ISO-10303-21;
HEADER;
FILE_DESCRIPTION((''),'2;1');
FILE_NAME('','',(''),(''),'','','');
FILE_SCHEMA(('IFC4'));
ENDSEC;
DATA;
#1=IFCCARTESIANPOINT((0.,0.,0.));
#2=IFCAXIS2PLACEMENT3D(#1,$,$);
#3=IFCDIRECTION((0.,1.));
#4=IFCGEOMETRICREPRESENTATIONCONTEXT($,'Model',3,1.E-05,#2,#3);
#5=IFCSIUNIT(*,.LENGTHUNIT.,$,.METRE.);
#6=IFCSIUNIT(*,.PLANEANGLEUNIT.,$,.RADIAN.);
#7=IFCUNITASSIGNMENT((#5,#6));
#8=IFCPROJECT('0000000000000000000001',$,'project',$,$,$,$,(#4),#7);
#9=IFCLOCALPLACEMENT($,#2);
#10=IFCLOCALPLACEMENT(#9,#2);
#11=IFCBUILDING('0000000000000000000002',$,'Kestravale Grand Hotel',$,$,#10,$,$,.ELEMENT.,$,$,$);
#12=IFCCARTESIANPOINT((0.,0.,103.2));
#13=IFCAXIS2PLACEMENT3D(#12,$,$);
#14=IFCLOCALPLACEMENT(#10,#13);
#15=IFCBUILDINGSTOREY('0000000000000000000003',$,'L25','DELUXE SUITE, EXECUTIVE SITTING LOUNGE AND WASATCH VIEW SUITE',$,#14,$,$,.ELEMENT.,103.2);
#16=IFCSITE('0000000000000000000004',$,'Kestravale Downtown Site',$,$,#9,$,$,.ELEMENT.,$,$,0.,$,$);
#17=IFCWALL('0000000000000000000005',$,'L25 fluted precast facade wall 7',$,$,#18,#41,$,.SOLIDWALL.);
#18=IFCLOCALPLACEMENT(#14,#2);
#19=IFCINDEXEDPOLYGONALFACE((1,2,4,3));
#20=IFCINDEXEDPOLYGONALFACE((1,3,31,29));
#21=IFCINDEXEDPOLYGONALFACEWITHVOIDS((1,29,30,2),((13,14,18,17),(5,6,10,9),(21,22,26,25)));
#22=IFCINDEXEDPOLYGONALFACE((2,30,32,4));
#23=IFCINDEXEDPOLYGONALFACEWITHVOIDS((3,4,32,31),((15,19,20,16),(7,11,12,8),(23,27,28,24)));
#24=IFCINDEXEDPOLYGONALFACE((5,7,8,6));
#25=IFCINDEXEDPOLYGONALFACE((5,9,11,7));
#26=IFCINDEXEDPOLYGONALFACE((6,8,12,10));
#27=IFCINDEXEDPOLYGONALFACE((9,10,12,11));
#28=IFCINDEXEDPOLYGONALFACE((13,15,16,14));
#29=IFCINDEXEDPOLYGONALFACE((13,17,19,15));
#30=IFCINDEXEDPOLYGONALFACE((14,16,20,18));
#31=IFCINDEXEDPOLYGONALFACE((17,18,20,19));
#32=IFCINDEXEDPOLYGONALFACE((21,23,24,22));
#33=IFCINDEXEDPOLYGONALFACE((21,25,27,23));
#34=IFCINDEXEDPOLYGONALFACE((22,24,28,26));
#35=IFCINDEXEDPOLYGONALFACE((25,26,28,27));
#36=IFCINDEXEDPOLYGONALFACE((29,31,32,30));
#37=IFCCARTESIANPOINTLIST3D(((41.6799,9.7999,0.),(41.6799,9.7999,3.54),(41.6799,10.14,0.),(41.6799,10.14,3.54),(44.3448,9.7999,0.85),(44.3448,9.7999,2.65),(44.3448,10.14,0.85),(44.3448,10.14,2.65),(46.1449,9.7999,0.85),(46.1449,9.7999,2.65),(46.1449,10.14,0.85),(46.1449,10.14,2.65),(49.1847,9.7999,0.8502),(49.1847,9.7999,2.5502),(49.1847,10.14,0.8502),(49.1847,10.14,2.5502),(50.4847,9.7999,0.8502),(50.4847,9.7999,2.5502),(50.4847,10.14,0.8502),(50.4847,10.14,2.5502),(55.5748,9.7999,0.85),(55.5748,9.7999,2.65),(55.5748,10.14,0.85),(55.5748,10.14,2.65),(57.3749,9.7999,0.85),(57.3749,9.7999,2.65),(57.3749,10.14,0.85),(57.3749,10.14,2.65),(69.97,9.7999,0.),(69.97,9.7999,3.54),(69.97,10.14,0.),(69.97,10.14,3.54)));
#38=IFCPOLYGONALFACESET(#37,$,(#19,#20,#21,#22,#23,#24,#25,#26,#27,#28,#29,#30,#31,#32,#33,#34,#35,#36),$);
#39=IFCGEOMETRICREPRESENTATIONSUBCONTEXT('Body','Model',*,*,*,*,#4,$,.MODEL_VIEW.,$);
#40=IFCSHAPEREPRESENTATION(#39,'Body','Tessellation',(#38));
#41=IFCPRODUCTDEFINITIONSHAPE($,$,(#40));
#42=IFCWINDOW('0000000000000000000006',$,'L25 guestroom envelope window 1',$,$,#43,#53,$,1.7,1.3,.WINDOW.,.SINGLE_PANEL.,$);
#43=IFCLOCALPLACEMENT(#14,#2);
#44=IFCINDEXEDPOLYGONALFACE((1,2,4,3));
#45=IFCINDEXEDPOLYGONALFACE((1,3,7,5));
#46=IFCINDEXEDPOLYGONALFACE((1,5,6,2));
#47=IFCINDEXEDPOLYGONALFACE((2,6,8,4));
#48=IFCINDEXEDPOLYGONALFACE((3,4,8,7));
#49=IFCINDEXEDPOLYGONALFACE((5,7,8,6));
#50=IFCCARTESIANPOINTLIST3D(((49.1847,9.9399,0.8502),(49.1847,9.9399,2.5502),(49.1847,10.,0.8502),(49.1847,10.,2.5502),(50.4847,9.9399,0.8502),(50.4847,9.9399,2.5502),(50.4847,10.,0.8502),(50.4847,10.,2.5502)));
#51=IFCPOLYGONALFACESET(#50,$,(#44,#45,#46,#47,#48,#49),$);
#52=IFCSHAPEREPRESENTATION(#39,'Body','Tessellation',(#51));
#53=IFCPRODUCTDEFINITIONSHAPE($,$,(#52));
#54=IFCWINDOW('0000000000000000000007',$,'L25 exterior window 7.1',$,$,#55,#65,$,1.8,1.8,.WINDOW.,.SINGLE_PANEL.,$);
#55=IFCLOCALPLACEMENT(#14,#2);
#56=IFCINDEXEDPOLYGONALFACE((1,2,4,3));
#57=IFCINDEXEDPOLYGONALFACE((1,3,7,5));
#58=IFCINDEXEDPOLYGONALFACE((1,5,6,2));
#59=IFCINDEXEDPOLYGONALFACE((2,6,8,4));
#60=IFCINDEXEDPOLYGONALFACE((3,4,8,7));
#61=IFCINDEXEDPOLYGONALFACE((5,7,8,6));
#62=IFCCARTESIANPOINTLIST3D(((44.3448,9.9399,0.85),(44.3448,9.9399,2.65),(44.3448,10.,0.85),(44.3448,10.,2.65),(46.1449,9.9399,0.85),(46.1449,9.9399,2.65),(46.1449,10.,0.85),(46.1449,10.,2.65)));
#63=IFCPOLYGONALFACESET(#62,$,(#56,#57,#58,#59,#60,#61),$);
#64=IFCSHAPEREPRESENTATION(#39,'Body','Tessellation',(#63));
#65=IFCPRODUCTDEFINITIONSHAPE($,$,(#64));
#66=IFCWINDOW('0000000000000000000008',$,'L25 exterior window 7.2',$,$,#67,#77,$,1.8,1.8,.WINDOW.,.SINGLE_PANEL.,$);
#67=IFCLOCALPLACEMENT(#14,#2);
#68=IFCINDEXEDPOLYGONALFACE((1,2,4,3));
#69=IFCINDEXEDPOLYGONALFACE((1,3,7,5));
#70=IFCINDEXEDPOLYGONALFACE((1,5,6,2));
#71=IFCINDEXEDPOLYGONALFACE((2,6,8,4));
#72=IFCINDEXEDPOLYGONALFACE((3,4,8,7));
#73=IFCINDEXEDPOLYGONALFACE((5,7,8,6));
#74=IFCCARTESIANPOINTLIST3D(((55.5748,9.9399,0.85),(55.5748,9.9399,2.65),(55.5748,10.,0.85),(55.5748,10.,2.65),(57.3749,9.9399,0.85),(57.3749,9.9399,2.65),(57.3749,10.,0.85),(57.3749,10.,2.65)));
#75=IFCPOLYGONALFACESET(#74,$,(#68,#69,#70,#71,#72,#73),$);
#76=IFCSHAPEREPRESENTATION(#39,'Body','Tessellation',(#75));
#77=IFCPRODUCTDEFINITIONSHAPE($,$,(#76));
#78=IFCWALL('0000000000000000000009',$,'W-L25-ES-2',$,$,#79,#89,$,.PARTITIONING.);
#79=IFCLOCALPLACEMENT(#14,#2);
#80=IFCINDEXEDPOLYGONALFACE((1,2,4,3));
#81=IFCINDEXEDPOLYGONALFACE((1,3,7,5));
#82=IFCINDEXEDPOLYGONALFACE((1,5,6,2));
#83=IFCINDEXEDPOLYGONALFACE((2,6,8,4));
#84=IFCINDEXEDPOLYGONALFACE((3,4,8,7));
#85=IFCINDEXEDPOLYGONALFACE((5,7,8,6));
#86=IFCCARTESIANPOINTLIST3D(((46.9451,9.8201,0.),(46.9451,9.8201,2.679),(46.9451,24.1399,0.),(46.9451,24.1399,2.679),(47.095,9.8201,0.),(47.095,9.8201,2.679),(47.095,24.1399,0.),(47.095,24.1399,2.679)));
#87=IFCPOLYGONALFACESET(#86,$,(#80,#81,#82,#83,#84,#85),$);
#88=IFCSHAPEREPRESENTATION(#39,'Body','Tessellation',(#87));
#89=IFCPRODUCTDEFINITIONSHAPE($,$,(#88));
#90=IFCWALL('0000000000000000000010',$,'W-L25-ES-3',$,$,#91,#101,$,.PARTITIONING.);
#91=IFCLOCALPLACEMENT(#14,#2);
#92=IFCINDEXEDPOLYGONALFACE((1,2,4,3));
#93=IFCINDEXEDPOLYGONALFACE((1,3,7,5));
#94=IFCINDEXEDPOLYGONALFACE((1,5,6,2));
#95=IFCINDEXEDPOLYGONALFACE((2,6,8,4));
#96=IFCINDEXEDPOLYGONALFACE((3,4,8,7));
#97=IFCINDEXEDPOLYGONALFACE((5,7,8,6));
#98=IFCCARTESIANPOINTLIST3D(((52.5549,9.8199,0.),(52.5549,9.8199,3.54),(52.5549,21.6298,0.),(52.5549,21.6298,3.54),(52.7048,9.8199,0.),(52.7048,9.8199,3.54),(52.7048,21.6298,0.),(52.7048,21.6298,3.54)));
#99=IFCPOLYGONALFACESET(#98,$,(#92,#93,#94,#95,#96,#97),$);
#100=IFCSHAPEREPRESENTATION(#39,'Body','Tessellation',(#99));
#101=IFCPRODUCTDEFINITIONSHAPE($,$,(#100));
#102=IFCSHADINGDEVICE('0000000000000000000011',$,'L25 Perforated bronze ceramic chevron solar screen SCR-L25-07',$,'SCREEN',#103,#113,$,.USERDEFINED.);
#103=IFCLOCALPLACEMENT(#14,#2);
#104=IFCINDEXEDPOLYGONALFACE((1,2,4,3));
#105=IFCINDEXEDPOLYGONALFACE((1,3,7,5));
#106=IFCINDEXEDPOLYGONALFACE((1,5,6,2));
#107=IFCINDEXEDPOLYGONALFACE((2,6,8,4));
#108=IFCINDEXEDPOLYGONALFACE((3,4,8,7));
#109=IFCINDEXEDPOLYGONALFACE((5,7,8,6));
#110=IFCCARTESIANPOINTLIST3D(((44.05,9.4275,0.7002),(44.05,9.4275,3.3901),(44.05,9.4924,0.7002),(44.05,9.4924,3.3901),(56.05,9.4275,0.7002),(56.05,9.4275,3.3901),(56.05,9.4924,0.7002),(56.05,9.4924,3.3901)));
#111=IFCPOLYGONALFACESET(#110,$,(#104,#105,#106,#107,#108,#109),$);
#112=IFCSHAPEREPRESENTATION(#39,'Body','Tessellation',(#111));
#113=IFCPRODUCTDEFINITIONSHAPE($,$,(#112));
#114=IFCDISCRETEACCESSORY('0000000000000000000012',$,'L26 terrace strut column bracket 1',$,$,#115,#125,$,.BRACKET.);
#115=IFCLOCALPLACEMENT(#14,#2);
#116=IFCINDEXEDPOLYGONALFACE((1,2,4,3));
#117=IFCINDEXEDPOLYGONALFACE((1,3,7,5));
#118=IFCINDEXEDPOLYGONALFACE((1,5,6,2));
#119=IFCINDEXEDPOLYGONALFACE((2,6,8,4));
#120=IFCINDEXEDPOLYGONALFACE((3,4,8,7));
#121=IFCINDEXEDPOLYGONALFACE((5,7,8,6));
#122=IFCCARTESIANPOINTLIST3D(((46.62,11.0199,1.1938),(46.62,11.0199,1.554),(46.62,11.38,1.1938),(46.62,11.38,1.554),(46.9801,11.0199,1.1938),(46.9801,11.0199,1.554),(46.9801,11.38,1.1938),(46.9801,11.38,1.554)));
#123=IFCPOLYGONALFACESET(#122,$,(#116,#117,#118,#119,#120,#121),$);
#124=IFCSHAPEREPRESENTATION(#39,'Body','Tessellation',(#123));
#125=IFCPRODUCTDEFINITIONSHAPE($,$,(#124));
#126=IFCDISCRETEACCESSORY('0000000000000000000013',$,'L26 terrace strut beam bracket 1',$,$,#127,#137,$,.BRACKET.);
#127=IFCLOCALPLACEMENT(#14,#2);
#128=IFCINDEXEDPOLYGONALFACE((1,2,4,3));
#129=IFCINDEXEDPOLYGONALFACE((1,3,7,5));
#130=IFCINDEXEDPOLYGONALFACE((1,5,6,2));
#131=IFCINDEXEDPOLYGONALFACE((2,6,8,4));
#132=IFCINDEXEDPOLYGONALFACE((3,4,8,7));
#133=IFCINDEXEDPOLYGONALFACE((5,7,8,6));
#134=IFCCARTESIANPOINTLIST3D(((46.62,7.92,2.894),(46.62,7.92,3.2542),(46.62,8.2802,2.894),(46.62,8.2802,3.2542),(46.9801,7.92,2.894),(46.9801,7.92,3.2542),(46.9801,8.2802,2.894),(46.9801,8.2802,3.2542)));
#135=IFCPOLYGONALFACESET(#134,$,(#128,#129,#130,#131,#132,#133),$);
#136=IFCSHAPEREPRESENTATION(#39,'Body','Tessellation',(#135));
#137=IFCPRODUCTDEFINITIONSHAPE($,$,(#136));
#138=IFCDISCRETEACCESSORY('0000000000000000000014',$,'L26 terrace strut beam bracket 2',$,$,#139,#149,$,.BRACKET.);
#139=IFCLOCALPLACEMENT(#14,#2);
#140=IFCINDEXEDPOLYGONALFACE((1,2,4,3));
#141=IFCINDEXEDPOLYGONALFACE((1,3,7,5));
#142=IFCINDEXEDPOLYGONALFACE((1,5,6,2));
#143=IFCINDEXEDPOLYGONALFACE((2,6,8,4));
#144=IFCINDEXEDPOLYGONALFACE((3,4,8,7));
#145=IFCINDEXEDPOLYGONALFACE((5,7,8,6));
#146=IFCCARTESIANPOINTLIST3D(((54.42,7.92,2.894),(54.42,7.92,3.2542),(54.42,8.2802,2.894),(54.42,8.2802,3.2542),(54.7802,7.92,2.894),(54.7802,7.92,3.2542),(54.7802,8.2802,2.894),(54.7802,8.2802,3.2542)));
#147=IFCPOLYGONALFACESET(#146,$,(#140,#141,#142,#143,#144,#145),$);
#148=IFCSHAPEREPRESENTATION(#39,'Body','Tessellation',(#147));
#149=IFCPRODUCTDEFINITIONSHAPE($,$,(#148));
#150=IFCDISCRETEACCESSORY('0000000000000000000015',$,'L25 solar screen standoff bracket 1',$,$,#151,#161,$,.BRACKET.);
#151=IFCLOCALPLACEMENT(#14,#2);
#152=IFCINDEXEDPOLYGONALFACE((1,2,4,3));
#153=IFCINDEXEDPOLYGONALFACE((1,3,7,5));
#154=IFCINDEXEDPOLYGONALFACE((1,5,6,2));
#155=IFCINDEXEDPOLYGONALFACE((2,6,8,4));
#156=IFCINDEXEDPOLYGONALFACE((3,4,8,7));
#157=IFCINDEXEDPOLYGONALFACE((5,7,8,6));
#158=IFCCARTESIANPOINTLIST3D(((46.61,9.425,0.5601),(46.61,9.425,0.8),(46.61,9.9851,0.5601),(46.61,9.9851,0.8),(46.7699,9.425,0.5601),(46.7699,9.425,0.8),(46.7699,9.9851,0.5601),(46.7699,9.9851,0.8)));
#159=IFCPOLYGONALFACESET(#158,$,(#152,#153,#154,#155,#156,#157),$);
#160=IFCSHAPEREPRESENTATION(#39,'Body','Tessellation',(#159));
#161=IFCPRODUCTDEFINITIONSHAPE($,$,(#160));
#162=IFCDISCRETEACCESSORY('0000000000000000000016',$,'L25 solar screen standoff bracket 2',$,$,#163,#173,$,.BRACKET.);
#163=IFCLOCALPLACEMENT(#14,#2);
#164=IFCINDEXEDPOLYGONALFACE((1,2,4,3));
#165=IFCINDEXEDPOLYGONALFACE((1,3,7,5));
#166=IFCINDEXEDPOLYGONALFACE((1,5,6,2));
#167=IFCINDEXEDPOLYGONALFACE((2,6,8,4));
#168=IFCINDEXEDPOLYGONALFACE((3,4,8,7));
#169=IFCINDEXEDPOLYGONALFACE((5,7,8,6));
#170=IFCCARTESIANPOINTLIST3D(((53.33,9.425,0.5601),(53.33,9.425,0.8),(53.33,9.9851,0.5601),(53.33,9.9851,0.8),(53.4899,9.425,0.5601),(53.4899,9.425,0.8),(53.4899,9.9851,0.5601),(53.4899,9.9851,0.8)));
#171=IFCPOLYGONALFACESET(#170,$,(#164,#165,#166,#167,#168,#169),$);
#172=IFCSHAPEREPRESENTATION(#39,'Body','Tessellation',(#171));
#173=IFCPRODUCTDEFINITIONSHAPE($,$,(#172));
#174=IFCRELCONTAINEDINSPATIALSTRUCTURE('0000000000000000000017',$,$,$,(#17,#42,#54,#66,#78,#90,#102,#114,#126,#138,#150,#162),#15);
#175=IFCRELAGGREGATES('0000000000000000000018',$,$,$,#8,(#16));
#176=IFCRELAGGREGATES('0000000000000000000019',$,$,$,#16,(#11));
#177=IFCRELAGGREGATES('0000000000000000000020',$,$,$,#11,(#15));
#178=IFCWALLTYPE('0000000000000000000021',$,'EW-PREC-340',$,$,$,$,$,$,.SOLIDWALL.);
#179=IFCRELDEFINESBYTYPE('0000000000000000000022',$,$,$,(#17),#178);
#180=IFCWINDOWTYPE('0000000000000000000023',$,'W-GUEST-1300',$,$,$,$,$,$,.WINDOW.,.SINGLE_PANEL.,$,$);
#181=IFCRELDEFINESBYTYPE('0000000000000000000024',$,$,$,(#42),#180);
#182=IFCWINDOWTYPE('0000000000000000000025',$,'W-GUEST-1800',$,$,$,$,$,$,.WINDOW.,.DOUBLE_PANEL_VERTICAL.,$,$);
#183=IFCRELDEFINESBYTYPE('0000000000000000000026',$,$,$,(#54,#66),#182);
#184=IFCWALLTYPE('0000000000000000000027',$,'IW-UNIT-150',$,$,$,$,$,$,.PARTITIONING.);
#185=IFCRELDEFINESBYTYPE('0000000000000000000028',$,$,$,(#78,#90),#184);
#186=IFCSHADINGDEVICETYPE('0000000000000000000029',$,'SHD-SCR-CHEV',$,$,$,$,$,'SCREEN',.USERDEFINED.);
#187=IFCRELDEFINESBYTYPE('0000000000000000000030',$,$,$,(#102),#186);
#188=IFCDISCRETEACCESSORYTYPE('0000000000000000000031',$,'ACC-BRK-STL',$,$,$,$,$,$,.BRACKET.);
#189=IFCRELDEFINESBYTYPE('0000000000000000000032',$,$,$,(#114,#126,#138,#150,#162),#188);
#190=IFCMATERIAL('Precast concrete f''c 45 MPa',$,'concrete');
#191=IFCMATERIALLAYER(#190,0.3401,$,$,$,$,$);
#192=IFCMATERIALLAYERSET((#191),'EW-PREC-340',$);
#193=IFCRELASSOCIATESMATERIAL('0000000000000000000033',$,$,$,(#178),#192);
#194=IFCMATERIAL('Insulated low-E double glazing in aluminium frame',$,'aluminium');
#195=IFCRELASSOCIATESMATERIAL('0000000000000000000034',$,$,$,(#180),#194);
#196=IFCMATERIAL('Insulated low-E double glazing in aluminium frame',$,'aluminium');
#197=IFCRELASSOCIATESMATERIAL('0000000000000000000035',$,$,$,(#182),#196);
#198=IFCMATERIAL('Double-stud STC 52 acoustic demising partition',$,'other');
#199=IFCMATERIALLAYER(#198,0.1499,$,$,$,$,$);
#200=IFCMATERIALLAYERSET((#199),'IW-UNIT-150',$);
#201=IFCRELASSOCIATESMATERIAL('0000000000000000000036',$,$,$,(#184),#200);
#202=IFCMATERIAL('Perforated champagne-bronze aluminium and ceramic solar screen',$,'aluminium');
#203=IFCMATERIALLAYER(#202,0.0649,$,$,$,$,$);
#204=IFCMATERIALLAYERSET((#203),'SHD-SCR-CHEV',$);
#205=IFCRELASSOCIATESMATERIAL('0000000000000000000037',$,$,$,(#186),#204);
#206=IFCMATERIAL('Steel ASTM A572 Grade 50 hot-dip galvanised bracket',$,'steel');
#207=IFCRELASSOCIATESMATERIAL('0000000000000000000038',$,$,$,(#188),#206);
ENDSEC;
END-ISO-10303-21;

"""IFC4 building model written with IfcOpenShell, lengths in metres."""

from ifc_helpers import new_model, si_unit, direction, frame, frame_2d, origin, origin_2d, place, context, subcontext, project, spatial, rectangle, extrude, material, layer, layer_set, type_object, element, fill, save


model = new_model("IFC4")

# Units and contexts
model_context = context("Model", 3, precision=1e-05, world=origin(), true_north=direction((0.0, 1.0)))
body_context = subcontext(model_context, "Body", "Model", "MODEL_VIEW")
ifc_project = project(units=[si_unit("LENGTHUNIT", "METRE"), si_unit("PLANEANGLEUNIT", "RADIAN")], contexts=[model_context])

# Site, building, storey
site_placement = place(None, origin())
site = spatial("IfcSite", under=ifc_project, at=site_placement, Name="Kestravale Downtown Site", CompositionType="ELEMENT", RefElevation=0.0)
building_placement = place(site_placement, origin())
building = spatial("IfcBuilding", under=site, at=building_placement, Name="Kestravale Grand Hotel", CompositionType="ELEMENT")
storey_placement = place(building_placement, frame((0.0, 0.0, 103.2)))
storey = spatial("IfcBuildingStorey", under=building, at=storey_placement, Name="L25", Description="DELUXE SUITE, EXECUTIVE SITTING LOUNGE AND WASATCH VIEW SUITE", CompositionType="ELEMENT", Elevation=103.2)

# Shared definitions
ifc_material_1 = material(Name="Precast concrete f'c 45 MPa", Category="concrete")
ifc_layer_1 = layer(ifc_material_1, 0.3401)
ifc_layer_set_1 = layer_set([ifc_layer_1], Name="EW-PREC-340")
wall_type_1 = type_object("IfcWallType", Name="EW-PREC-340", PredefinedType="SOLIDWALL", material=ifc_layer_set_1)

# Wall, openings, windows
wall_1_placement = place(storey_placement, frame((41.6799, 9.97, 0.0), z_axis=(0.0, 0.0, 1.0), x_axis=(1.0, 0.0, 0.0)))
wall_1 = element("IfcWall", 1, at=wall_1_placement, inside=storey, type_object=wall_type_1, Name="L25 fluted precast facade wall 7", PredefinedType="SOLIDWALL", context=body_context, shape_type="SweptSolid", body=[
    extrude(rectangle(XDim=28.29, YDim=0.3401, at=frame_2d((14.145, 0.0))), origin(), (0.0, 0.0, 1.0), 3.54),
])
opening_1_placement = place(wall_1_placement, frame((2.665, 0.0, 0.8501)))
opening_1 = element("IfcOpeningElement", 2, at=opening_1_placement, cuts=wall_1, PredefinedType="OPENING", context=body_context, shape_type="SweptSolid", body=[
    extrude(rectangle(XDim=1.8, YDim=1.8, at=frame_2d((0.8999, 0.8999))), frame((0.0, 0.1799, 0.0), z_axis=(0.0, -1.0, 0.0), x_axis=(1.0, 0.0, 0.0)), (0.0, 0.0, 1.0), 0.3601),
])
opening_2_placement = place(wall_1_placement, frame((13.895, 0.0, 0.8501)))
opening_2 = element("IfcOpeningElement", 3, at=opening_2_placement, cuts=wall_1, PredefinedType="OPENING", context=body_context, shape_type="SweptSolid", body=[
    extrude(rectangle(XDim=1.8, YDim=1.8, at=frame_2d((0.8999, 0.8999))), frame((0.0, 0.1799, 0.0), z_axis=(0.0, -1.0, 0.0), x_axis=(1.0, 0.0, 0.0)), (0.0, 0.0, 1.0), 0.3601),
])
opening_3_placement = place(wall_1_placement, frame((7.5049, 0.0, 0.8501)))
opening_3 = element("IfcOpeningElement", 4, at=opening_3_placement, cuts=wall_1, PredefinedType="OPENING", context=body_context, shape_type="SweptSolid", body=[
    extrude(rectangle(XDim=1.3, YDim=1.7, at=frame_2d((0.6499, 0.8501))), frame((0.0, 0.1799, 0.0), z_axis=(0.0, -1.0, 0.0), x_axis=(1.0, 0.0, 0.0)), (0.0, 0.0, 1.0), 0.3601),
])
ifc_material_2 = material(Name="Insulated low-E double glazing in aluminium frame", Category="aluminium")
window_type_1 = type_object("IfcWindowType", Name="W-GUEST-1300", PartitioningType="SINGLE_PANEL", PredefinedType="WINDOW", material=ifc_material_2)
window_1_placement = place(opening_3_placement, origin())
window_1 = element("IfcWindow", 5, at=window_1_placement, inside=storey, type_object=window_type_1, Name="L25 guestroom envelope window 1", OverallHeight=1.7, OverallWidth=1.3, PartitioningType="SINGLE_PANEL", PredefinedType="WINDOW", context=body_context, shape_type="SweptSolid", body=[
    extrude(rectangle(XDim=1.3, YDim=1.7, at=frame_2d((0.6499, 0.8501))), frame((0.0, 0.03, 0.0), z_axis=(0.0, -1.0, 0.0), x_axis=(1.0, 0.0, 0.0)), (0.0, 0.0, 1.0), 0.0601),
])
fill(opening_3, window_1)
ifc_material_3 = material(Name="Insulated low-E double glazing in aluminium frame", Category="aluminium")
window_type_2 = type_object("IfcWindowType", Name="W-GUEST-1800", PartitioningType="DOUBLE_PANEL_VERTICAL", PredefinedType="WINDOW", material=ifc_material_3)
window_2_placement = place(opening_1_placement, origin())
window_2 = element("IfcWindow", 6, at=window_2_placement, inside=storey, type_object=window_type_2, Name="L25 exterior window 7.1", OverallHeight=1.8, OverallWidth=1.8, PartitioningType="SINGLE_PANEL", PredefinedType="WINDOW", context=body_context, shape_type="SweptSolid", body=[
    extrude(rectangle(XDim=1.8, YDim=1.8, at=frame_2d((0.8999, 0.8999))), frame((0.0, 0.03, 0.0), z_axis=(0.0, -1.0, 0.0), x_axis=(1.0, 0.0, 0.0)), (0.0, 0.0, 1.0), 0.0601),
])
fill(opening_1, window_2)
window_3_placement = place(opening_2_placement, origin())
window_3 = element("IfcWindow", 7, at=window_3_placement, inside=storey, type_object=window_type_2, Name="L25 exterior window 7.2", OverallHeight=1.8, OverallWidth=1.8, PartitioningType="SINGLE_PANEL", PredefinedType="WINDOW", context=body_context, shape_type="SweptSolid", body=[
    extrude(rectangle(XDim=1.8, YDim=1.8, at=frame_2d((0.8999, 0.8999))), frame((0.0, 0.03, 0.0), z_axis=(0.0, -1.0, 0.0), x_axis=(1.0, 0.0, 0.0)), (0.0, 0.0, 1.0), 0.0601),
])
fill(opening_2, window_3)

# Walls
ifc_material_4 = material(Name="Double-stud STC 52 acoustic demising partition", Category="other")
ifc_layer_2 = layer(ifc_material_4, 0.1499)
ifc_layer_set_2 = layer_set([ifc_layer_2], Name="IW-UNIT-150")
wall_type_2 = type_object("IfcWallType", Name="IW-UNIT-150", PredefinedType="PARTITIONING", material=ifc_layer_set_2)
wall_2_placement = place(storey_placement, frame((47.02, 9.8201, 0.0), z_axis=(0.0, 0.0, 1.0), x_axis=(0.0, 1.0, 0.0)))
element("IfcWall", 8, at=wall_2_placement, inside=storey, type_object=wall_type_2, Name="W-L25-ES-2", PredefinedType="PARTITIONING", context=body_context, shape_type="SweptSolid", body=[
    extrude(rectangle(XDim=14.3198, YDim=0.1499, at=frame_2d((7.1599, 0.0))), origin(), (0.0, 0.0, 1.0), 2.679),
])
wall_3_placement = place(storey_placement, frame((52.6299, 9.8201, 0.0), z_axis=(0.0, 0.0, 1.0), x_axis=(0.0, 1.0, 0.0)))
element("IfcWall", 9, at=wall_3_placement, inside=storey, type_object=wall_type_2, Name="W-L25-ES-3", PredefinedType="PARTITIONING", context=body_context, shape_type="SweptSolid", body=[
    extrude(rectangle(XDim=11.8098, YDim=0.1499, at=frame_2d((5.9048, 0.0))), origin(), (0.0, 0.0, 1.0), 3.54),
])

# Shading device
ifc_material_5 = material(Name="Perforated champagne-bronze aluminium and ceramic solar screen", Category="aluminium")
ifc_layer_3 = layer(ifc_material_5, 0.0649)
ifc_layer_set_3 = layer_set([ifc_layer_3], Name="SHD-SCR-CHEV")
shading_device_type = type_object("IfcShadingDeviceType", Name="SHD-SCR-CHEV", ElementType="SCREEN", PredefinedType="USERDEFINED", material=ifc_layer_set_3)
shading_device_placement = place(storey_placement, frame((50.05, 9.46, 0.7002), z_axis=(0.0, 0.0, 1.0), x_axis=(1.0, 0.0, 0.0)))
element("IfcShadingDevice", 10, at=shading_device_placement, inside=storey, type_object=shading_device_type, Name="L25 Perforated bronze ceramic chevron solar screen SCR-L25-07", ObjectType="SCREEN", PredefinedType="USERDEFINED", context=body_context, shape_type="SweptSolid", body=[
    extrude(rectangle(XDim=12.0, YDim=0.0649, at=origin_2d()), origin(), (0.0, 0.0, 1.0), 2.6899),
])

# Discrete accessories
ifc_material_6 = material(Name="Steel ASTM A572 Grade 50 hot-dip galvanised bracket", Category="steel")
discrete_accessory_type = type_object("IfcDiscreteAccessoryType", Name="ACC-BRK-STL", PredefinedType="BRACKET", material=ifc_material_6)
for number, where, z_axis, x_axis, name in (
    (11, (46.8, 11.2, 1.1938), (0.0, 0.0, 1.0), (1.0, 0.0, 0.0), "L26 terrace strut column bracket 1"),
    (12, (46.8, 8.1001, 2.894), (0.0, 0.0, 1.0), (1.0, 0.0, 0.0), "L26 terrace strut beam bracket 1"),
    (13, (54.6001, 8.1001, 2.894), (0.0, 0.0, 1.0), (1.0, 0.0, 0.0), "L26 terrace strut beam bracket 2"),
):
    element("IfcDiscreteAccessory", number, at=place(storey_placement, frame(where, z_axis=z_axis, x_axis=x_axis)), inside=storey, type_object=discrete_accessory_type, Name=name, PredefinedType="BRACKET", context=body_context, shape_type="SweptSolid", body=[
        extrude(rectangle(XDim=0.3601, YDim=0.3601, at=origin_2d()), origin(), (0.0, 0.0, 1.0), 0.3601),
    ])
for number, where, z_axis, x_axis, name in (
    (14, (46.6899, 9.7051, 0.5601), (0.0, 0.0, 1.0), (1.0, 0.0, 0.0), "L25 solar screen standoff bracket 1"),
    (15, (53.4099, 9.7051, 0.5601), (0.0, 0.0, 1.0), (1.0, 0.0, 0.0), "L25 solar screen standoff bracket 2"),
):
    element("IfcDiscreteAccessory", number, at=place(storey_placement, frame(where, z_axis=z_axis, x_axis=x_axis)), inside=storey, type_object=discrete_accessory_type, Name=name, PredefinedType="BRACKET", context=body_context, shape_type="SweptSolid", body=[
        extrude(rectangle(XDim=0.1599, YDim=0.5601, at=origin_2d()), origin(), (0.0, 0.0, 1.0), 0.24),
    ])

save(model, "model.ifc")
